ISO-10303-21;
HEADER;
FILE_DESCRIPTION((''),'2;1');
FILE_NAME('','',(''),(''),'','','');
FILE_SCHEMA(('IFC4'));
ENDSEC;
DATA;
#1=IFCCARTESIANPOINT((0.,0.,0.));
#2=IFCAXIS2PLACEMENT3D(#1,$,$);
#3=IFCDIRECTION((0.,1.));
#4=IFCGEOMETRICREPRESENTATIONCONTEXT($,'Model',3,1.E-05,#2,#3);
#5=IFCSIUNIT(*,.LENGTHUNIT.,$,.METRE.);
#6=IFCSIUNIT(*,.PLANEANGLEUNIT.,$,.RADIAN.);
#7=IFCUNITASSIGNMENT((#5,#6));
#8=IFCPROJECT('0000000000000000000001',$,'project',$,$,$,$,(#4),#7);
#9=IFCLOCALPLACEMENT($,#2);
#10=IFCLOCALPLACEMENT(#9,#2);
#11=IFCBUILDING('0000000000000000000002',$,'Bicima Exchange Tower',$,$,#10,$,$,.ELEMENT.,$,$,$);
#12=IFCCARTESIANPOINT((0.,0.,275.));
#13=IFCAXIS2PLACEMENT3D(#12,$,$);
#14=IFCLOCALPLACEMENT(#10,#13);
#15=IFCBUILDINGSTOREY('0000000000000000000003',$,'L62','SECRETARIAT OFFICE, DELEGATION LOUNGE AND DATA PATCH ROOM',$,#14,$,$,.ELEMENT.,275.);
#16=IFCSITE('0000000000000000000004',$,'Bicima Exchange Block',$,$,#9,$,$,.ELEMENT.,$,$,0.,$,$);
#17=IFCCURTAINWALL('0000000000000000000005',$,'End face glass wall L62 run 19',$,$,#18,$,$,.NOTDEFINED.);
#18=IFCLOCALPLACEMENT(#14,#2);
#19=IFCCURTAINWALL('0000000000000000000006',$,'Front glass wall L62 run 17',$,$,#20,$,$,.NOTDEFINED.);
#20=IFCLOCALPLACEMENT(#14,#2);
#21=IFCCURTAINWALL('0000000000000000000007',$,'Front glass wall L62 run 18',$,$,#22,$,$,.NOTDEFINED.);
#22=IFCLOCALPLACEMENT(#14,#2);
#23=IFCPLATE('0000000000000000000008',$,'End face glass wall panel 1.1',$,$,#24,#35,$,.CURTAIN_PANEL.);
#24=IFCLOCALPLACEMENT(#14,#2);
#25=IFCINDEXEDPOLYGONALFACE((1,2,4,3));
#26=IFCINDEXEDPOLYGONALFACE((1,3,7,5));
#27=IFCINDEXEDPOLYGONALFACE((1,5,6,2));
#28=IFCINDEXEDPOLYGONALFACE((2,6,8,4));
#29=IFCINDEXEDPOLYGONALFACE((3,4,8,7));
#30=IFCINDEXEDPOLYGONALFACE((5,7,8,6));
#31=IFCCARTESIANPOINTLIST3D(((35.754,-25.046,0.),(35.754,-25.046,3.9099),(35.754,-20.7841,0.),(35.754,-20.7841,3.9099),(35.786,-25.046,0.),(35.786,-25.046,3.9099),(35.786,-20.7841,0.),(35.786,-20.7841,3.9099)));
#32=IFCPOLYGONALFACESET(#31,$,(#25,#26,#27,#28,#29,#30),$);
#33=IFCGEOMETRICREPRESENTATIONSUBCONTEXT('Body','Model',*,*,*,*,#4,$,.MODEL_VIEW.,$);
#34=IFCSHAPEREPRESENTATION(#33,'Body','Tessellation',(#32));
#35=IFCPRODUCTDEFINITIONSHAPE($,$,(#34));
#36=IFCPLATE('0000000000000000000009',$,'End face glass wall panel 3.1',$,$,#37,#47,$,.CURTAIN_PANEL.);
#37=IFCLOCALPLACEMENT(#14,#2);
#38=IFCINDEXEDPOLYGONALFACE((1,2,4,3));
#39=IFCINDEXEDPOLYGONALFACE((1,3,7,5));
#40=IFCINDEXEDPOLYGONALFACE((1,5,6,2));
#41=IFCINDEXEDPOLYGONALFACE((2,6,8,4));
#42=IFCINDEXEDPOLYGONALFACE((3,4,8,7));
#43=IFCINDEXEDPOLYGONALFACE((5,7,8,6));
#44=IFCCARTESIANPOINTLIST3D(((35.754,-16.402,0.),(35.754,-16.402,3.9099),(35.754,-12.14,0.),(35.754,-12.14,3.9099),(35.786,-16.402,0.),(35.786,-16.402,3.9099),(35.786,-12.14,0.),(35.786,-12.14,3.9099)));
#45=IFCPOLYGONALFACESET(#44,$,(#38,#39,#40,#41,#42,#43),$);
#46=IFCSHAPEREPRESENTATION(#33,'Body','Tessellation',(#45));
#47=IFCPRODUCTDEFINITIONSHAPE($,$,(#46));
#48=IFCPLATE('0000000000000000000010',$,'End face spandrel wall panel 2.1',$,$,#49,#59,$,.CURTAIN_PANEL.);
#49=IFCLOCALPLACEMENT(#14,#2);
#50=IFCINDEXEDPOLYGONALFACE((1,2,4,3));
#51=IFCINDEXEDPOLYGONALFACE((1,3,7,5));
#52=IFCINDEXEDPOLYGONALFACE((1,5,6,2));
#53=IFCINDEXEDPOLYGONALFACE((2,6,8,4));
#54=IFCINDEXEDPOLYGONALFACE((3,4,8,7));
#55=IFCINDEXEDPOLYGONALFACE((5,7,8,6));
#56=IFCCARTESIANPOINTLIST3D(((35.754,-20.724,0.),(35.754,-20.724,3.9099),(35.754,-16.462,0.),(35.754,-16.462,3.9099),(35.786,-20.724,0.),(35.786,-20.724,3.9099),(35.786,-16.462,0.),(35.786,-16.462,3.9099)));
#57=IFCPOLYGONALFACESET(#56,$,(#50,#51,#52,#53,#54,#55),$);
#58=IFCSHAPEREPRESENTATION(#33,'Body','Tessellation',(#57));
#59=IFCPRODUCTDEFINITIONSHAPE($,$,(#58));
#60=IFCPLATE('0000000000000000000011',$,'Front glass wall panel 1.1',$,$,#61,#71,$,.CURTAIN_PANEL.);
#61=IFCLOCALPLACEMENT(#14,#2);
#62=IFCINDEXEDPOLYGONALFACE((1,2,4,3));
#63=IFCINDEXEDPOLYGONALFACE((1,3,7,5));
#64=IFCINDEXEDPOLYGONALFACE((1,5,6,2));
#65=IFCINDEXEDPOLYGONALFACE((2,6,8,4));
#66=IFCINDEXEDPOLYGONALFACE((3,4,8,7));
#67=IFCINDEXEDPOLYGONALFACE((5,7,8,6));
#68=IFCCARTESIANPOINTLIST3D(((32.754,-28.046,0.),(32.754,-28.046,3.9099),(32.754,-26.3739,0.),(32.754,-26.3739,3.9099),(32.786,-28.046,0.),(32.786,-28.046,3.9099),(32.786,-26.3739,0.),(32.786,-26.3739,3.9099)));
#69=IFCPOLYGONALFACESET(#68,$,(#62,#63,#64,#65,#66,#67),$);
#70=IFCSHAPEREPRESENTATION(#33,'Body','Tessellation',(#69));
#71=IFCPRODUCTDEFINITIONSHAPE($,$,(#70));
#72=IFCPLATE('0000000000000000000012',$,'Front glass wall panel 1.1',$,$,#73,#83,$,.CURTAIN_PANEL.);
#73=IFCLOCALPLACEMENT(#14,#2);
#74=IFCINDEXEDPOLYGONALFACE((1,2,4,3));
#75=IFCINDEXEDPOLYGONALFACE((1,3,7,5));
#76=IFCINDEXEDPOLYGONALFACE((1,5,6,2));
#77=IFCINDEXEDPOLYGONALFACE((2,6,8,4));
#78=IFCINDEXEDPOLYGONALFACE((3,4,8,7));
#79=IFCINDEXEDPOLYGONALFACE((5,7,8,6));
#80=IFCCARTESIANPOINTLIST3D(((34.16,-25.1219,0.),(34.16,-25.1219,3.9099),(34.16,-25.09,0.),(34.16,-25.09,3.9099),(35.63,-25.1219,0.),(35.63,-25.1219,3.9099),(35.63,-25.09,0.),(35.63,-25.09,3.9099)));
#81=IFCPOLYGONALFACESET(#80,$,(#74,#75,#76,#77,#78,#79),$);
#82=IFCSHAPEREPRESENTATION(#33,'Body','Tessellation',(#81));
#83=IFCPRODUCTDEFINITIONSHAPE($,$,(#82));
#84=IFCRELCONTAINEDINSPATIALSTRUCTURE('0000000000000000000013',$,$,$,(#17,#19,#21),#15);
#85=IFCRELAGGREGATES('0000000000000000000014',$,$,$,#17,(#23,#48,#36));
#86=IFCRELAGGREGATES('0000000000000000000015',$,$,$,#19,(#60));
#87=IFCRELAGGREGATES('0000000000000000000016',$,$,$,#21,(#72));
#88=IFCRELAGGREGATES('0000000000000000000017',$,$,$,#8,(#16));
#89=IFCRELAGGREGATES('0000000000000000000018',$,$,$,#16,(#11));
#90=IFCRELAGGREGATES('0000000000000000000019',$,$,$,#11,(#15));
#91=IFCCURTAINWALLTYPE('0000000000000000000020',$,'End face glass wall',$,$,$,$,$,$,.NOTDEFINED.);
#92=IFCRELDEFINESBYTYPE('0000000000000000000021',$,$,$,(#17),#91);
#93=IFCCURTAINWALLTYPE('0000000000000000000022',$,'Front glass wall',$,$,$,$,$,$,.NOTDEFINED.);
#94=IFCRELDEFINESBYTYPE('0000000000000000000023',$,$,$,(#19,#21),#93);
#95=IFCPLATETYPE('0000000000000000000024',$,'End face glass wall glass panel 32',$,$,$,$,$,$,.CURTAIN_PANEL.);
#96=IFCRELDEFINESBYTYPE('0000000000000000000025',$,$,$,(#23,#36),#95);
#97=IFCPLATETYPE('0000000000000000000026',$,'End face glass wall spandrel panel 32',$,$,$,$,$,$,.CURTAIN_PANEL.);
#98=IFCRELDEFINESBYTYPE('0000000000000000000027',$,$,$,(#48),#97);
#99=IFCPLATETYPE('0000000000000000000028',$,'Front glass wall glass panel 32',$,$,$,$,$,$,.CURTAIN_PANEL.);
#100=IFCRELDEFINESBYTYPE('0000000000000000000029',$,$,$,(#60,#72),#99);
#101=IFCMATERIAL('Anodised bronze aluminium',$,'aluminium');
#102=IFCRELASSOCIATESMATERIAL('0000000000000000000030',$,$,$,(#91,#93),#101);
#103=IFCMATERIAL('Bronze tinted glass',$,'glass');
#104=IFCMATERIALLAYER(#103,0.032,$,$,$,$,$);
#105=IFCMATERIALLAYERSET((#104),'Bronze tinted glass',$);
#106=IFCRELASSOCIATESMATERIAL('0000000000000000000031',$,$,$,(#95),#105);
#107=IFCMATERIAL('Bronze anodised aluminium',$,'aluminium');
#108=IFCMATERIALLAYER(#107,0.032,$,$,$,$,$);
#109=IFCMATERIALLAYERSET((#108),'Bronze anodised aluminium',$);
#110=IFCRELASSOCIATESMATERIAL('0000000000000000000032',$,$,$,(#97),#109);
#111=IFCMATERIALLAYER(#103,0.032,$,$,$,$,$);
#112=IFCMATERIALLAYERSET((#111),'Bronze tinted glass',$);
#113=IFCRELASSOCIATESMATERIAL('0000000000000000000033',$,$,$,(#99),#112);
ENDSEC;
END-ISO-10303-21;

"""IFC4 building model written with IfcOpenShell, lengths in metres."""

from ifc_helpers import new_model, si_unit, direction, frame, origin, origin_2d, place, context, subcontext, project, spatial, rectangle, extrude, material, layer, layer_set, type_object, element, aggregate, save


model = new_model("IFC4")

# Units and contexts
model_context = context("Model", 3, precision=1e-05, world=origin(), true_north=direction((0.0, 1.0)))
body_context = subcontext(model_context, "Body", "Model", "MODEL_VIEW")
ifc_project = project(units=[si_unit("LENGTHUNIT", "METRE"), si_unit("PLANEANGLEUNIT", "RADIAN")], contexts=[model_context])

# Site, building, storey
site_placement = place(None, origin())
site = spatial("IfcSite", under=ifc_project, at=site_placement, Name="Bicima Exchange Block", CompositionType="ELEMENT", RefElevation=0.0)
building_placement = place(site_placement, origin())
building = spatial("IfcBuilding", under=site, at=building_placement, Name="Bicima Exchange Tower", CompositionType="ELEMENT")
storey_placement = place(building_placement, frame((0.0, 0.0, 275.0)))
storey = spatial("IfcBuildingStorey", under=building, at=storey_placement, Name="L62", Description="SECRETARIAT OFFICE, DELEGATION LOUNGE AND DATA PATCH ROOM", CompositionType="ELEMENT", Elevation=275.0)

# Curtain wall
ifc_material_1 = material(Name="Anodised bronze aluminium", Category="aluminium")
curtain_wall_type_1 = type_object("IfcCurtainWallType", Name="End face glass wall", PredefinedType="NOTDEFINED", material=ifc_material_1)
curtain_wall_1_placement = place(storey_placement, origin())
curtain_wall_1 = element("IfcCurtainWall", 1, at=curtain_wall_1_placement, inside=storey, type_object=curtain_wall_type_1, Name="End face glass wall L62 run 19", PredefinedType="NOTDEFINED")

# Curtain wall
curtain_wall_type_2 = type_object("IfcCurtainWallType", Name="Front glass wall", PredefinedType="NOTDEFINED", material=ifc_material_1)
curtain_wall_2_placement = place(storey_placement, origin())
curtain_wall_2 = element("IfcCurtainWall", 2, at=curtain_wall_2_placement, inside=storey, type_object=curtain_wall_type_2, Name="Front glass wall L62 run 17", PredefinedType="NOTDEFINED")

# Curtain wall
curtain_wall_3_placement = place(storey_placement, origin())
curtain_wall_3 = element("IfcCurtainWall", 3, at=curtain_wall_3_placement, inside=storey, type_object=curtain_wall_type_2, Name="Front glass wall L62 run 18", PredefinedType="NOTDEFINED")

# Plates
ifc_material_2 = material(Name="Bronze tinted glass", Category="glass")
ifc_layer_1 = layer(ifc_material_2, 0.032)
ifc_layer_set_1 = layer_set([ifc_layer_1], Name="Bronze tinted glass")
plate_type_1 = type_object("IfcPlateType", Name="End face glass wall glass panel 32", PredefinedType="CURTAIN_PANEL", material=ifc_layer_set_1)
plate_1_placement = place(storey_placement, frame((35.77, -22.915, 0.0), z_axis=(0.0, 0.0, 1.0), x_axis=(0.0, 1.0, 0.0)))
plate_1 = element("IfcPlate", 4, at=plate_1_placement, type_object=plate_type_1, Name="End face glass wall panel 1.1", PredefinedType="CURTAIN_PANEL", context=body_context, shape_type="SweptSolid", body=[
    extrude(rectangle(XDim=4.262, YDim=0.032, at=origin_2d()), origin(), (0.0, 0.0, 1.0), 3.9099),
])
plate_2_placement = place(storey_placement, frame((35.77, -14.271, 0.0), z_axis=(0.0, 0.0, 1.0), x_axis=(0.0, 1.0, 0.0)))
plate_2 = element("IfcPlate", 5, at=plate_2_placement, type_object=plate_type_1, Name="End face glass wall panel 3.1", PredefinedType="CURTAIN_PANEL", context=body_context, shape_type="SweptSolid", body=[
    extrude(rectangle(XDim=4.262, YDim=0.032, at=origin_2d()), origin(), (0.0, 0.0, 1.0), 3.9099),
])
ifc_material_3 = material(Name="Bronze anodised aluminium", Category="aluminium")
ifc_layer_2 = layer(ifc_material_3, 0.032)
ifc_layer_set_2 = layer_set([ifc_layer_2], Name="Bronze anodised aluminium")
plate_type_2 = type_object("IfcPlateType", Name="End face glass wall spandrel panel 32", PredefinedType="CURTAIN_PANEL", material=ifc_layer_set_2)
plate_3_placement = place(storey_placement, frame((35.77, -18.593, 0.0), z_axis=(0.0, 0.0, 1.0), x_axis=(0.0, 1.0, 0.0)))
plate_3 = element("IfcPlate", 6, at=plate_3_placement, type_object=plate_type_2, Name="End face spandrel wall panel 2.1", PredefinedType="CURTAIN_PANEL", context=body_context, shape_type="SweptSolid", body=[
    extrude(rectangle(XDim=4.262, YDim=0.032, at=origin_2d()), origin(), (0.0, 0.0, 1.0), 3.9099),
])
aggregate(curtain_wall_1, [plate_1, plate_3, plate_2])
ifc_layer_3 = layer(ifc_material_2, 0.032)
ifc_layer_set_3 = layer_set([ifc_layer_3], Name="Bronze tinted glass")
plate_type_3 = type_object("IfcPlateType", Name="Front glass wall glass panel 32", PredefinedType="CURTAIN_PANEL", material=ifc_layer_set_3)
plate_4_placement = place(storey_placement, frame((32.77, -27.21, 0.0), z_axis=(0.0, 0.0, 1.0), x_axis=(0.0, 1.0, 0.0)))
plate_4 = element("IfcPlate", 7, at=plate_4_placement, type_object=plate_type_3, Name="Front glass wall panel 1.1", PredefinedType="CURTAIN_PANEL", context=body_context, shape_type="SweptSolid", body=[
    extrude(rectangle(XDim=1.6721, YDim=0.032, at=origin_2d()), origin(), (0.0, 0.0, 1.0), 3.9099),
])
aggregate(curtain_wall_2, [plate_4])
plate_5_placement = place(storey_placement, frame((34.895, -25.106, 0.0), z_axis=(0.0, 0.0, 1.0), x_axis=(1.0, 0.0, 0.0)))
plate_5 = element("IfcPlate", 8, at=plate_5_placement, type_object=plate_type_3, Name="Front glass wall panel 1.1", PredefinedType="CURTAIN_PANEL", context=body_context, shape_type="SweptSolid", body=[
    extrude(rectangle(XDim=1.47, YDim=0.032, at=origin_2d()), origin(), (0.0, 0.0, 1.0), 3.9099),
])
aggregate(curtain_wall_3, [plate_5])

save(model, "model.ifc")
